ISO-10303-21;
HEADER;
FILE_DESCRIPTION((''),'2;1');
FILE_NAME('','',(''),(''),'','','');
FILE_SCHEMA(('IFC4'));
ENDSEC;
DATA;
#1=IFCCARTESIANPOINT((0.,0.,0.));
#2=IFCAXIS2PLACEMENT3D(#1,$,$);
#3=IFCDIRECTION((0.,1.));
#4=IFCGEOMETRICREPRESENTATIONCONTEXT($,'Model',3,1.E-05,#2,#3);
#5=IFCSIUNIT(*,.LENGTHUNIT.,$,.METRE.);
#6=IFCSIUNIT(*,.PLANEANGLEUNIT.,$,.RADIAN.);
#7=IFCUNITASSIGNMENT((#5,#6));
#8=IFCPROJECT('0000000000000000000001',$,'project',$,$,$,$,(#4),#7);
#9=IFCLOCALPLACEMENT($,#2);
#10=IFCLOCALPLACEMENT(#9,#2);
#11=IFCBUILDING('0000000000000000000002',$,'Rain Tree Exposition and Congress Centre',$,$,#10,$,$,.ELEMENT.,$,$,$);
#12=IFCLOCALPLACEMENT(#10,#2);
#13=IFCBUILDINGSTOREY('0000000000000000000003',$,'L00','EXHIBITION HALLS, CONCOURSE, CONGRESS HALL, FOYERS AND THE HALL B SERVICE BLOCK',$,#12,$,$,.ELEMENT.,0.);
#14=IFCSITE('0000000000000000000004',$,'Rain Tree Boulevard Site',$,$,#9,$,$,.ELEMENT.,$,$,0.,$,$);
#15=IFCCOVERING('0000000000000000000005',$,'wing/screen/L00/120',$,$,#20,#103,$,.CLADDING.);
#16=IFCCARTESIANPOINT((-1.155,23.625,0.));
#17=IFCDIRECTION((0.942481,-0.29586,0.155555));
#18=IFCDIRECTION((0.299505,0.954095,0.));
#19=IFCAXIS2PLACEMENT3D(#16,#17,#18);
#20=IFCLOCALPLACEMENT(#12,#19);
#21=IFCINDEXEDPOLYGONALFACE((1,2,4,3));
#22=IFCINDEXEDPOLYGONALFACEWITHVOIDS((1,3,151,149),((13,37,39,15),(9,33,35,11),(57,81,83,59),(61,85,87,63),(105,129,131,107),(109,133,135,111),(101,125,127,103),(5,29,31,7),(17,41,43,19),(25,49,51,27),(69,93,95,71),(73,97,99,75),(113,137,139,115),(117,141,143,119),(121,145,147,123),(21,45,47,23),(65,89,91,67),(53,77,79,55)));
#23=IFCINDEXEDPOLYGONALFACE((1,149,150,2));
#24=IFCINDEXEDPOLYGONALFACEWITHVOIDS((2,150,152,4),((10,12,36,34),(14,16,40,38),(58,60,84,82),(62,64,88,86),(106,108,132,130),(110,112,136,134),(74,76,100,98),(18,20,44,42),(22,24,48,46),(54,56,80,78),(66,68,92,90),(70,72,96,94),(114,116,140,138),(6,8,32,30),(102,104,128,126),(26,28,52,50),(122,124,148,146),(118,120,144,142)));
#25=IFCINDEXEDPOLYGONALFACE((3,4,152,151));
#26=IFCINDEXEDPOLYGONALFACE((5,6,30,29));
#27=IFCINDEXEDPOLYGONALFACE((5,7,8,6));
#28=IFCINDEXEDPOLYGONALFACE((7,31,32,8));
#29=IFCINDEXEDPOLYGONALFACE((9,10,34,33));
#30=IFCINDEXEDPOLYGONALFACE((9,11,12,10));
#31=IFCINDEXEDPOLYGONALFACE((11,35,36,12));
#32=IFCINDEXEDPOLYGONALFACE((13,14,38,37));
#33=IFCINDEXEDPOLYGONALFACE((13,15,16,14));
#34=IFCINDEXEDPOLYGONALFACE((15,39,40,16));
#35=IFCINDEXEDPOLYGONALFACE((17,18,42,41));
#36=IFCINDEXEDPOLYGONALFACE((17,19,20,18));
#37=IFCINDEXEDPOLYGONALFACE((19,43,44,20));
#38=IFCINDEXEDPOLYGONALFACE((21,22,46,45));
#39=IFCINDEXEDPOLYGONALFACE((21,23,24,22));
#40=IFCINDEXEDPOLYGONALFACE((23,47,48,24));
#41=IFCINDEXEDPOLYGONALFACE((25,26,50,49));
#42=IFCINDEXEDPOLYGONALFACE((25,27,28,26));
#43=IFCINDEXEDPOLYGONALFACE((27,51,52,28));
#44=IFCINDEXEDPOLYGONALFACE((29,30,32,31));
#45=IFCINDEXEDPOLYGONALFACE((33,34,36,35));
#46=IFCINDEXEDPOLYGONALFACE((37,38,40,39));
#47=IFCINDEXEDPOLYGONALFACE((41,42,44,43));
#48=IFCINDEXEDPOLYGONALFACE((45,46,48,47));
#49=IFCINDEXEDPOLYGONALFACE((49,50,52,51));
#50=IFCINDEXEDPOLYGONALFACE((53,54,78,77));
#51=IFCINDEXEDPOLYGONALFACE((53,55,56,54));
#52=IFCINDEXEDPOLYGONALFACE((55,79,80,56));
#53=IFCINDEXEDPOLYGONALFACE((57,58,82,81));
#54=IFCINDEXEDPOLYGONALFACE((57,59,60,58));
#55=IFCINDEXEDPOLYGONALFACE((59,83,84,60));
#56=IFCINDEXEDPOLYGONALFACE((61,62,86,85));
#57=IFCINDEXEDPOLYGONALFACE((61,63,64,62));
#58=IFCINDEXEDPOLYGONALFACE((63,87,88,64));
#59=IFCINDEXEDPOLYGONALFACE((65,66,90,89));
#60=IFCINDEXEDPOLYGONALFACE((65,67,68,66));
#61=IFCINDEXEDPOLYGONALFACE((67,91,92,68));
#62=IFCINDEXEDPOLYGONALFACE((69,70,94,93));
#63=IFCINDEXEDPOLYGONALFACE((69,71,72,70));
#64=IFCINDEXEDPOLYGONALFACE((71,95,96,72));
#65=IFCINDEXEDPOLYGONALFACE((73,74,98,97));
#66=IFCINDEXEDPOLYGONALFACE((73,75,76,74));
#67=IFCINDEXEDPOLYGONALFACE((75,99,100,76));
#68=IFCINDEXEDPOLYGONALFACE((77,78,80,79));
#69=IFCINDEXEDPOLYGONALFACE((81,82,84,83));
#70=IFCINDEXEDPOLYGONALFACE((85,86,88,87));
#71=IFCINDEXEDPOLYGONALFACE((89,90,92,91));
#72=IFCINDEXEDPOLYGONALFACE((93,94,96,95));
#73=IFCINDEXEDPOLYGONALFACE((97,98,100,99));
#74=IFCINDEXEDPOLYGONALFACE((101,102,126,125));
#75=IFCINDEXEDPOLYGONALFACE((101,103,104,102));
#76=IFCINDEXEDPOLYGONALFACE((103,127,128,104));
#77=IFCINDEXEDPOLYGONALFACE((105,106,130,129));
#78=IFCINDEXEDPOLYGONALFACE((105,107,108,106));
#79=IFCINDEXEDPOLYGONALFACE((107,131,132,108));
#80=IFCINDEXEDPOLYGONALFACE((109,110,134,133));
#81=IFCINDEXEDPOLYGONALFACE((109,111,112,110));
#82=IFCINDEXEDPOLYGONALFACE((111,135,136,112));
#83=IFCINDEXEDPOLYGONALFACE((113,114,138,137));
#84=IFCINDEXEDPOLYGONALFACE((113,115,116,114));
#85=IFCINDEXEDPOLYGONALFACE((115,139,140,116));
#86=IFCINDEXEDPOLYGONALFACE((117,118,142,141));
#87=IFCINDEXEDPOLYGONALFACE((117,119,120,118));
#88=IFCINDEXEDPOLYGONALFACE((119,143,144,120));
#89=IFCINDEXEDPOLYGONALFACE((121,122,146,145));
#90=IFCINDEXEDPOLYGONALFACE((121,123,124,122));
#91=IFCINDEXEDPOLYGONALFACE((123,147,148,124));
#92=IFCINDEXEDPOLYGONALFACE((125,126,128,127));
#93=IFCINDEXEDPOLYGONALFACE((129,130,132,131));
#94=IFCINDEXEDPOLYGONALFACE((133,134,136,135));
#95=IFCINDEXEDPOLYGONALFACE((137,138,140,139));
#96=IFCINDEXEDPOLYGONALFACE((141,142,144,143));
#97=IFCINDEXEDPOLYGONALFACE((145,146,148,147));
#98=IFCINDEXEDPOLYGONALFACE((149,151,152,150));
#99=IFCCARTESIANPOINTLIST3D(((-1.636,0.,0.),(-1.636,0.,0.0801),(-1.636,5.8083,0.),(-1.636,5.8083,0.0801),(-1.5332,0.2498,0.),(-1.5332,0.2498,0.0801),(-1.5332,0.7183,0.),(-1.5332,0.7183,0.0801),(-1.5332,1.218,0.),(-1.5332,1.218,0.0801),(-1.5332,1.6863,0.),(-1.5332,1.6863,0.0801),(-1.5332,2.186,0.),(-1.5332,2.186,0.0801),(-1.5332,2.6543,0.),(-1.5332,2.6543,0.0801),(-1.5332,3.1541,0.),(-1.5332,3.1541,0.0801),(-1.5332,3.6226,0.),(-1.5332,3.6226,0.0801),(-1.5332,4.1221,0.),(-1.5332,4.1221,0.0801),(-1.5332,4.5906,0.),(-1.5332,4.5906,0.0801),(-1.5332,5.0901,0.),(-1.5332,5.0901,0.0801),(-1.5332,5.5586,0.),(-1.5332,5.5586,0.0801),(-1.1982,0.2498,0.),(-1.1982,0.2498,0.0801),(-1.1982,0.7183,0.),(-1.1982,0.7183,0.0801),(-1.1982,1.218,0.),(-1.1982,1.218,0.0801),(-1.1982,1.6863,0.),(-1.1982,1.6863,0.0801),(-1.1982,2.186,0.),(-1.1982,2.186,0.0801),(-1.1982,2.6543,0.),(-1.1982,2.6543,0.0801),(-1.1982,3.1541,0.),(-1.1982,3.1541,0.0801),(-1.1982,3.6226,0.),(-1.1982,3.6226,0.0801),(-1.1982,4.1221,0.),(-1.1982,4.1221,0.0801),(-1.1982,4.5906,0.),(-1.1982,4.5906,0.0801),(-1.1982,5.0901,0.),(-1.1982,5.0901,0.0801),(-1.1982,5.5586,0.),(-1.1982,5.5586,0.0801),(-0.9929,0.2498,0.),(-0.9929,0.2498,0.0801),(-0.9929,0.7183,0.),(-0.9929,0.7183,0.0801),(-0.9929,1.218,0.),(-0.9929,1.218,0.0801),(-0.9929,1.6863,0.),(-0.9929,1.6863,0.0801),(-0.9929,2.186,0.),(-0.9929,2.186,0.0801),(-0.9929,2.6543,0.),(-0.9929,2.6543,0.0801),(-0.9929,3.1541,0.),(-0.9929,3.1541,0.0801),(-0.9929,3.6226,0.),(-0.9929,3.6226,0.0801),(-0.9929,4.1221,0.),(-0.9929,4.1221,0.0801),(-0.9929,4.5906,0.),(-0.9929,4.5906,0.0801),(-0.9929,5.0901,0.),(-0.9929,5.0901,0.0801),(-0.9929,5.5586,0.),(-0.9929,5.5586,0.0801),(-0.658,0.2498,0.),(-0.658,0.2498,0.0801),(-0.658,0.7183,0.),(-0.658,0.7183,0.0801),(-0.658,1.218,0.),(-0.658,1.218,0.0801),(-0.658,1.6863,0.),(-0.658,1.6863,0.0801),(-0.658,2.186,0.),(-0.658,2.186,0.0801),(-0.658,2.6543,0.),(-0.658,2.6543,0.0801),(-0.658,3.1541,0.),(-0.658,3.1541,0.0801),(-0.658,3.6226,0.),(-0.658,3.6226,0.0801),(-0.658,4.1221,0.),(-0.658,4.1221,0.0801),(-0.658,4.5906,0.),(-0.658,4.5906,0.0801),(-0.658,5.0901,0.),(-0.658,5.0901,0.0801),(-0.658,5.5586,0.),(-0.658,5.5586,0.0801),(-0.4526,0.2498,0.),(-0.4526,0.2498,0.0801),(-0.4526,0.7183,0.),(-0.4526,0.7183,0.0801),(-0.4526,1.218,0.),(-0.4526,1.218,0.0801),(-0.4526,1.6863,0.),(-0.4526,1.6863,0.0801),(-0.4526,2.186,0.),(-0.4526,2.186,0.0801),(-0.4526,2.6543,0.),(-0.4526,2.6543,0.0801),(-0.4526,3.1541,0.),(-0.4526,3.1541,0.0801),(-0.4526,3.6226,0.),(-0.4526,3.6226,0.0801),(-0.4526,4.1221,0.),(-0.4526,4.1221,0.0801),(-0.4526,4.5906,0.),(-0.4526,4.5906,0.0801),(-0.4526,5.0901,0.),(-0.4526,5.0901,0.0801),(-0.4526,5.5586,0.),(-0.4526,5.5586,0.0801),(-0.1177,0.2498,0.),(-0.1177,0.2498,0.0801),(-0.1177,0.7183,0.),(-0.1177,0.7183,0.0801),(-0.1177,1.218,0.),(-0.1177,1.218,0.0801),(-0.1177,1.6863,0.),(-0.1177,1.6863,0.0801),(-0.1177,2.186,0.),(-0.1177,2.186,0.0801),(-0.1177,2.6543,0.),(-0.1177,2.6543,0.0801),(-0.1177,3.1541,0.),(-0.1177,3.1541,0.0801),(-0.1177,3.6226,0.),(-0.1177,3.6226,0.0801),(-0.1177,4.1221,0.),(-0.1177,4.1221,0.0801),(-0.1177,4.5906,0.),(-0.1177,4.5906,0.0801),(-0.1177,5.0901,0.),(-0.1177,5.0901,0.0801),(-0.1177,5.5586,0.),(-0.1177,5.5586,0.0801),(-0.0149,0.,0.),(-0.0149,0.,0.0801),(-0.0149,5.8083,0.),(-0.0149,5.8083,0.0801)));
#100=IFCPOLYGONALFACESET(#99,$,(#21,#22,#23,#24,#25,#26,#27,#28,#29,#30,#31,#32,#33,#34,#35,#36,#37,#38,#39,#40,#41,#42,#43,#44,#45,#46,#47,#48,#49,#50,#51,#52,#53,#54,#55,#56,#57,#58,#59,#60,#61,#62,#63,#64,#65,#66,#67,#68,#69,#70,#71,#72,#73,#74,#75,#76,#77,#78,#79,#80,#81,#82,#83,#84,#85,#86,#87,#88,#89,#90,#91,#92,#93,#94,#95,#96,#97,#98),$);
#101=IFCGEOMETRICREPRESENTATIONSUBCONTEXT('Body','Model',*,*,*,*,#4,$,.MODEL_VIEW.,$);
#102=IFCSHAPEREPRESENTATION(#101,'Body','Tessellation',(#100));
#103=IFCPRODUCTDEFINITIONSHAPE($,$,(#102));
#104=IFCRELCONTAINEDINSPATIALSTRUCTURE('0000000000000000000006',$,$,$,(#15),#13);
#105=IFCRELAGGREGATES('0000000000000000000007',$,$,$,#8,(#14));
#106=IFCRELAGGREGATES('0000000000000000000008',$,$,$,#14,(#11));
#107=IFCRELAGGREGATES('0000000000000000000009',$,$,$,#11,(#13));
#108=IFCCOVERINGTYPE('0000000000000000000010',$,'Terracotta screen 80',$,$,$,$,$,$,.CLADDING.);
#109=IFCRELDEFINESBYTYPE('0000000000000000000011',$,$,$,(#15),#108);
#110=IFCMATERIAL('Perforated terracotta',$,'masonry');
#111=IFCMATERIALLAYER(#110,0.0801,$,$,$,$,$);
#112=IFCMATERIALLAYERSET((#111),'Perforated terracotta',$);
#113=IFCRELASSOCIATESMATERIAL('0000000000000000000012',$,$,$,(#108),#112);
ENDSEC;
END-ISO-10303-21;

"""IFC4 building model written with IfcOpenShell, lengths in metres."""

from ifc_helpers import new_model, si_unit, direction, frame, origin, place, context, subcontext, project, spatial, polyline, outline, extrude, material, layer, layer_set, type_object, element, save


model = new_model("IFC4")

# Units and contexts
model_context = context("Model", 3, precision=1e-05, world=origin(), true_north=direction((0.0, 1.0)))
body_context = subcontext(model_context, "Body", "Model", "MODEL_VIEW")
ifc_project = project(units=[si_unit("LENGTHUNIT", "METRE"), si_unit("PLANEANGLEUNIT", "RADIAN")], contexts=[model_context])

# Site, building, storey
site_placement = place(None, origin())
site = spatial("IfcSite", under=ifc_project, at=site_placement, Name="Rain Tree Boulevard Site", CompositionType="ELEMENT", RefElevation=0.0)
building_placement = place(site_placement, origin())
building = spatial("IfcBuilding", under=site, at=building_placement, Name="Rain Tree Exposition and Congress Centre", CompositionType="ELEMENT")
storey_placement = place(building_placement, origin())
storey = spatial("IfcBuildingStorey", under=building, at=storey_placement, Name="L00", Description="EXHIBITION HALLS, CONCOURSE, CONGRESS HALL, FOYERS AND THE HALL B SERVICE BLOCK", CompositionType="ELEMENT", Elevation=0.0)

# Covering
ifc_material_1 = material(Name="Perforated terracotta", Category="masonry")
ifc_layer_1 = layer(ifc_material_1, 0.0801)
ifc_layer_set_1 = layer_set([ifc_layer_1], Name="Perforated terracotta")
covering_type = type_object("IfcCoveringType", Name="Terracotta screen 80", PredefinedType="CLADDING", material=ifc_layer_set_1)
covering_1_placement = place(storey_placement, frame((-1.155, 23.625, 0.0), z_axis=(0.942481, -0.29586, 0.155555), x_axis=(0.299505, 0.954095, 0.0)))
element("IfcCovering", 1, at=covering_1_placement, inside=storey, type_object=covering_type, Name="wing/screen/L00/120", PredefinedType="CLADDING", context=body_context, shape_type="SweptSolid", body=[
    extrude(outline(polyline([(-1.636, 0.0), (-1.636, 5.8083), (-0.0149, 5.8083), (-0.0149, 0.0), (-1.636, 0.0)]), holes=[polyline([(-0.1177, 0.2498), (-0.1177, 0.7183), (-0.4526, 0.7183), (-0.4526, 0.2498), (-0.1177, 0.2498)]), polyline([(-0.1177, 1.218), (-0.1177, 1.6863), (-0.4526, 1.6863), (-0.4526, 1.218), (-0.1177, 1.218)]), polyline([(-0.1177, 2.186), (-0.1177, 2.6543), (-0.4526, 2.6543), (-0.4526, 2.186), (-0.1177, 2.186)]), polyline([(-0.1177, 3.1541), (-0.1177, 3.6226), (-0.4526, 3.6226), (-0.4526, 3.1541), (-0.1177, 3.1541)]), polyline([(-0.1177, 4.1221), (-0.1177, 4.5906), (-0.4526, 4.5906), (-0.4526, 4.1221), (-0.1177, 4.1221)]), polyline([(-0.1177, 5.0901), (-0.1177, 5.5586), (-0.4526, 5.5586), (-0.4526, 5.0901), (-0.1177, 5.0901)]), polyline([(-0.658, 0.2498), (-0.658, 0.7183), (-0.9929, 0.7183), (-0.9929, 0.2498), (-0.658, 0.2498)]), polyline([(-0.658, 1.218), (-0.658, 1.6863), (-0.9929, 1.6863), (-0.9929, 1.218), (-0.658, 1.218)]), polyline([(-0.658, 2.186), (-0.658, 2.6543), (-0.9929, 2.6543), (-0.9929, 2.186), (-0.658, 2.186)]), polyline([(-0.658, 3.1541), (-0.658, 3.6226), (-0.9929, 3.6226), (-0.9929, 3.1541), (-0.658, 3.1541)]), polyline([(-0.658, 4.1221), (-0.658, 4.5906), (-0.9929, 4.5906), (-0.9929, 4.1221), (-0.658, 4.1221)]), polyline([(-0.658, 5.0901), (-0.658, 5.5586), (-0.9929, 5.5586), (-0.9929, 5.0901), (-0.658, 5.0901)]), polyline([(-1.1982, 0.2498), (-1.1982, 0.7183), (-1.5332, 0.7183), (-1.5332, 0.2498), (-1.1982, 0.2498)]), polyline([(-1.1982, 1.218), (-1.1982, 1.6863), (-1.5332, 1.6863), (-1.5332, 1.218), (-1.1982, 1.218)]), polyline([(-1.1982, 2.186), (-1.1982, 2.6543), (-1.5332, 2.6543), (-1.5332, 2.186), (-1.1982, 2.186)]), polyline([(-1.1982, 3.1541), (-1.1982, 3.6226), (-1.5332, 3.6226), (-1.5332, 3.1541), (-1.1982, 3.1541)]), polyline([(-1.1982, 4.1221), (-1.1982, 4.5906), (-1.5332, 4.5906), (-1.5332, 4.1221), (-1.1982, 4.1221)]), polyline([(-1.1982, 5.0901), (-1.1982, 5.5586), (-1.5332, 5.5586), (-1.5332, 5.0901), (-1.1982, 5.0901)])]), origin(), (0.0, 0.0, 1.0), 0.0801),
])

save(model, "model.ifc")
